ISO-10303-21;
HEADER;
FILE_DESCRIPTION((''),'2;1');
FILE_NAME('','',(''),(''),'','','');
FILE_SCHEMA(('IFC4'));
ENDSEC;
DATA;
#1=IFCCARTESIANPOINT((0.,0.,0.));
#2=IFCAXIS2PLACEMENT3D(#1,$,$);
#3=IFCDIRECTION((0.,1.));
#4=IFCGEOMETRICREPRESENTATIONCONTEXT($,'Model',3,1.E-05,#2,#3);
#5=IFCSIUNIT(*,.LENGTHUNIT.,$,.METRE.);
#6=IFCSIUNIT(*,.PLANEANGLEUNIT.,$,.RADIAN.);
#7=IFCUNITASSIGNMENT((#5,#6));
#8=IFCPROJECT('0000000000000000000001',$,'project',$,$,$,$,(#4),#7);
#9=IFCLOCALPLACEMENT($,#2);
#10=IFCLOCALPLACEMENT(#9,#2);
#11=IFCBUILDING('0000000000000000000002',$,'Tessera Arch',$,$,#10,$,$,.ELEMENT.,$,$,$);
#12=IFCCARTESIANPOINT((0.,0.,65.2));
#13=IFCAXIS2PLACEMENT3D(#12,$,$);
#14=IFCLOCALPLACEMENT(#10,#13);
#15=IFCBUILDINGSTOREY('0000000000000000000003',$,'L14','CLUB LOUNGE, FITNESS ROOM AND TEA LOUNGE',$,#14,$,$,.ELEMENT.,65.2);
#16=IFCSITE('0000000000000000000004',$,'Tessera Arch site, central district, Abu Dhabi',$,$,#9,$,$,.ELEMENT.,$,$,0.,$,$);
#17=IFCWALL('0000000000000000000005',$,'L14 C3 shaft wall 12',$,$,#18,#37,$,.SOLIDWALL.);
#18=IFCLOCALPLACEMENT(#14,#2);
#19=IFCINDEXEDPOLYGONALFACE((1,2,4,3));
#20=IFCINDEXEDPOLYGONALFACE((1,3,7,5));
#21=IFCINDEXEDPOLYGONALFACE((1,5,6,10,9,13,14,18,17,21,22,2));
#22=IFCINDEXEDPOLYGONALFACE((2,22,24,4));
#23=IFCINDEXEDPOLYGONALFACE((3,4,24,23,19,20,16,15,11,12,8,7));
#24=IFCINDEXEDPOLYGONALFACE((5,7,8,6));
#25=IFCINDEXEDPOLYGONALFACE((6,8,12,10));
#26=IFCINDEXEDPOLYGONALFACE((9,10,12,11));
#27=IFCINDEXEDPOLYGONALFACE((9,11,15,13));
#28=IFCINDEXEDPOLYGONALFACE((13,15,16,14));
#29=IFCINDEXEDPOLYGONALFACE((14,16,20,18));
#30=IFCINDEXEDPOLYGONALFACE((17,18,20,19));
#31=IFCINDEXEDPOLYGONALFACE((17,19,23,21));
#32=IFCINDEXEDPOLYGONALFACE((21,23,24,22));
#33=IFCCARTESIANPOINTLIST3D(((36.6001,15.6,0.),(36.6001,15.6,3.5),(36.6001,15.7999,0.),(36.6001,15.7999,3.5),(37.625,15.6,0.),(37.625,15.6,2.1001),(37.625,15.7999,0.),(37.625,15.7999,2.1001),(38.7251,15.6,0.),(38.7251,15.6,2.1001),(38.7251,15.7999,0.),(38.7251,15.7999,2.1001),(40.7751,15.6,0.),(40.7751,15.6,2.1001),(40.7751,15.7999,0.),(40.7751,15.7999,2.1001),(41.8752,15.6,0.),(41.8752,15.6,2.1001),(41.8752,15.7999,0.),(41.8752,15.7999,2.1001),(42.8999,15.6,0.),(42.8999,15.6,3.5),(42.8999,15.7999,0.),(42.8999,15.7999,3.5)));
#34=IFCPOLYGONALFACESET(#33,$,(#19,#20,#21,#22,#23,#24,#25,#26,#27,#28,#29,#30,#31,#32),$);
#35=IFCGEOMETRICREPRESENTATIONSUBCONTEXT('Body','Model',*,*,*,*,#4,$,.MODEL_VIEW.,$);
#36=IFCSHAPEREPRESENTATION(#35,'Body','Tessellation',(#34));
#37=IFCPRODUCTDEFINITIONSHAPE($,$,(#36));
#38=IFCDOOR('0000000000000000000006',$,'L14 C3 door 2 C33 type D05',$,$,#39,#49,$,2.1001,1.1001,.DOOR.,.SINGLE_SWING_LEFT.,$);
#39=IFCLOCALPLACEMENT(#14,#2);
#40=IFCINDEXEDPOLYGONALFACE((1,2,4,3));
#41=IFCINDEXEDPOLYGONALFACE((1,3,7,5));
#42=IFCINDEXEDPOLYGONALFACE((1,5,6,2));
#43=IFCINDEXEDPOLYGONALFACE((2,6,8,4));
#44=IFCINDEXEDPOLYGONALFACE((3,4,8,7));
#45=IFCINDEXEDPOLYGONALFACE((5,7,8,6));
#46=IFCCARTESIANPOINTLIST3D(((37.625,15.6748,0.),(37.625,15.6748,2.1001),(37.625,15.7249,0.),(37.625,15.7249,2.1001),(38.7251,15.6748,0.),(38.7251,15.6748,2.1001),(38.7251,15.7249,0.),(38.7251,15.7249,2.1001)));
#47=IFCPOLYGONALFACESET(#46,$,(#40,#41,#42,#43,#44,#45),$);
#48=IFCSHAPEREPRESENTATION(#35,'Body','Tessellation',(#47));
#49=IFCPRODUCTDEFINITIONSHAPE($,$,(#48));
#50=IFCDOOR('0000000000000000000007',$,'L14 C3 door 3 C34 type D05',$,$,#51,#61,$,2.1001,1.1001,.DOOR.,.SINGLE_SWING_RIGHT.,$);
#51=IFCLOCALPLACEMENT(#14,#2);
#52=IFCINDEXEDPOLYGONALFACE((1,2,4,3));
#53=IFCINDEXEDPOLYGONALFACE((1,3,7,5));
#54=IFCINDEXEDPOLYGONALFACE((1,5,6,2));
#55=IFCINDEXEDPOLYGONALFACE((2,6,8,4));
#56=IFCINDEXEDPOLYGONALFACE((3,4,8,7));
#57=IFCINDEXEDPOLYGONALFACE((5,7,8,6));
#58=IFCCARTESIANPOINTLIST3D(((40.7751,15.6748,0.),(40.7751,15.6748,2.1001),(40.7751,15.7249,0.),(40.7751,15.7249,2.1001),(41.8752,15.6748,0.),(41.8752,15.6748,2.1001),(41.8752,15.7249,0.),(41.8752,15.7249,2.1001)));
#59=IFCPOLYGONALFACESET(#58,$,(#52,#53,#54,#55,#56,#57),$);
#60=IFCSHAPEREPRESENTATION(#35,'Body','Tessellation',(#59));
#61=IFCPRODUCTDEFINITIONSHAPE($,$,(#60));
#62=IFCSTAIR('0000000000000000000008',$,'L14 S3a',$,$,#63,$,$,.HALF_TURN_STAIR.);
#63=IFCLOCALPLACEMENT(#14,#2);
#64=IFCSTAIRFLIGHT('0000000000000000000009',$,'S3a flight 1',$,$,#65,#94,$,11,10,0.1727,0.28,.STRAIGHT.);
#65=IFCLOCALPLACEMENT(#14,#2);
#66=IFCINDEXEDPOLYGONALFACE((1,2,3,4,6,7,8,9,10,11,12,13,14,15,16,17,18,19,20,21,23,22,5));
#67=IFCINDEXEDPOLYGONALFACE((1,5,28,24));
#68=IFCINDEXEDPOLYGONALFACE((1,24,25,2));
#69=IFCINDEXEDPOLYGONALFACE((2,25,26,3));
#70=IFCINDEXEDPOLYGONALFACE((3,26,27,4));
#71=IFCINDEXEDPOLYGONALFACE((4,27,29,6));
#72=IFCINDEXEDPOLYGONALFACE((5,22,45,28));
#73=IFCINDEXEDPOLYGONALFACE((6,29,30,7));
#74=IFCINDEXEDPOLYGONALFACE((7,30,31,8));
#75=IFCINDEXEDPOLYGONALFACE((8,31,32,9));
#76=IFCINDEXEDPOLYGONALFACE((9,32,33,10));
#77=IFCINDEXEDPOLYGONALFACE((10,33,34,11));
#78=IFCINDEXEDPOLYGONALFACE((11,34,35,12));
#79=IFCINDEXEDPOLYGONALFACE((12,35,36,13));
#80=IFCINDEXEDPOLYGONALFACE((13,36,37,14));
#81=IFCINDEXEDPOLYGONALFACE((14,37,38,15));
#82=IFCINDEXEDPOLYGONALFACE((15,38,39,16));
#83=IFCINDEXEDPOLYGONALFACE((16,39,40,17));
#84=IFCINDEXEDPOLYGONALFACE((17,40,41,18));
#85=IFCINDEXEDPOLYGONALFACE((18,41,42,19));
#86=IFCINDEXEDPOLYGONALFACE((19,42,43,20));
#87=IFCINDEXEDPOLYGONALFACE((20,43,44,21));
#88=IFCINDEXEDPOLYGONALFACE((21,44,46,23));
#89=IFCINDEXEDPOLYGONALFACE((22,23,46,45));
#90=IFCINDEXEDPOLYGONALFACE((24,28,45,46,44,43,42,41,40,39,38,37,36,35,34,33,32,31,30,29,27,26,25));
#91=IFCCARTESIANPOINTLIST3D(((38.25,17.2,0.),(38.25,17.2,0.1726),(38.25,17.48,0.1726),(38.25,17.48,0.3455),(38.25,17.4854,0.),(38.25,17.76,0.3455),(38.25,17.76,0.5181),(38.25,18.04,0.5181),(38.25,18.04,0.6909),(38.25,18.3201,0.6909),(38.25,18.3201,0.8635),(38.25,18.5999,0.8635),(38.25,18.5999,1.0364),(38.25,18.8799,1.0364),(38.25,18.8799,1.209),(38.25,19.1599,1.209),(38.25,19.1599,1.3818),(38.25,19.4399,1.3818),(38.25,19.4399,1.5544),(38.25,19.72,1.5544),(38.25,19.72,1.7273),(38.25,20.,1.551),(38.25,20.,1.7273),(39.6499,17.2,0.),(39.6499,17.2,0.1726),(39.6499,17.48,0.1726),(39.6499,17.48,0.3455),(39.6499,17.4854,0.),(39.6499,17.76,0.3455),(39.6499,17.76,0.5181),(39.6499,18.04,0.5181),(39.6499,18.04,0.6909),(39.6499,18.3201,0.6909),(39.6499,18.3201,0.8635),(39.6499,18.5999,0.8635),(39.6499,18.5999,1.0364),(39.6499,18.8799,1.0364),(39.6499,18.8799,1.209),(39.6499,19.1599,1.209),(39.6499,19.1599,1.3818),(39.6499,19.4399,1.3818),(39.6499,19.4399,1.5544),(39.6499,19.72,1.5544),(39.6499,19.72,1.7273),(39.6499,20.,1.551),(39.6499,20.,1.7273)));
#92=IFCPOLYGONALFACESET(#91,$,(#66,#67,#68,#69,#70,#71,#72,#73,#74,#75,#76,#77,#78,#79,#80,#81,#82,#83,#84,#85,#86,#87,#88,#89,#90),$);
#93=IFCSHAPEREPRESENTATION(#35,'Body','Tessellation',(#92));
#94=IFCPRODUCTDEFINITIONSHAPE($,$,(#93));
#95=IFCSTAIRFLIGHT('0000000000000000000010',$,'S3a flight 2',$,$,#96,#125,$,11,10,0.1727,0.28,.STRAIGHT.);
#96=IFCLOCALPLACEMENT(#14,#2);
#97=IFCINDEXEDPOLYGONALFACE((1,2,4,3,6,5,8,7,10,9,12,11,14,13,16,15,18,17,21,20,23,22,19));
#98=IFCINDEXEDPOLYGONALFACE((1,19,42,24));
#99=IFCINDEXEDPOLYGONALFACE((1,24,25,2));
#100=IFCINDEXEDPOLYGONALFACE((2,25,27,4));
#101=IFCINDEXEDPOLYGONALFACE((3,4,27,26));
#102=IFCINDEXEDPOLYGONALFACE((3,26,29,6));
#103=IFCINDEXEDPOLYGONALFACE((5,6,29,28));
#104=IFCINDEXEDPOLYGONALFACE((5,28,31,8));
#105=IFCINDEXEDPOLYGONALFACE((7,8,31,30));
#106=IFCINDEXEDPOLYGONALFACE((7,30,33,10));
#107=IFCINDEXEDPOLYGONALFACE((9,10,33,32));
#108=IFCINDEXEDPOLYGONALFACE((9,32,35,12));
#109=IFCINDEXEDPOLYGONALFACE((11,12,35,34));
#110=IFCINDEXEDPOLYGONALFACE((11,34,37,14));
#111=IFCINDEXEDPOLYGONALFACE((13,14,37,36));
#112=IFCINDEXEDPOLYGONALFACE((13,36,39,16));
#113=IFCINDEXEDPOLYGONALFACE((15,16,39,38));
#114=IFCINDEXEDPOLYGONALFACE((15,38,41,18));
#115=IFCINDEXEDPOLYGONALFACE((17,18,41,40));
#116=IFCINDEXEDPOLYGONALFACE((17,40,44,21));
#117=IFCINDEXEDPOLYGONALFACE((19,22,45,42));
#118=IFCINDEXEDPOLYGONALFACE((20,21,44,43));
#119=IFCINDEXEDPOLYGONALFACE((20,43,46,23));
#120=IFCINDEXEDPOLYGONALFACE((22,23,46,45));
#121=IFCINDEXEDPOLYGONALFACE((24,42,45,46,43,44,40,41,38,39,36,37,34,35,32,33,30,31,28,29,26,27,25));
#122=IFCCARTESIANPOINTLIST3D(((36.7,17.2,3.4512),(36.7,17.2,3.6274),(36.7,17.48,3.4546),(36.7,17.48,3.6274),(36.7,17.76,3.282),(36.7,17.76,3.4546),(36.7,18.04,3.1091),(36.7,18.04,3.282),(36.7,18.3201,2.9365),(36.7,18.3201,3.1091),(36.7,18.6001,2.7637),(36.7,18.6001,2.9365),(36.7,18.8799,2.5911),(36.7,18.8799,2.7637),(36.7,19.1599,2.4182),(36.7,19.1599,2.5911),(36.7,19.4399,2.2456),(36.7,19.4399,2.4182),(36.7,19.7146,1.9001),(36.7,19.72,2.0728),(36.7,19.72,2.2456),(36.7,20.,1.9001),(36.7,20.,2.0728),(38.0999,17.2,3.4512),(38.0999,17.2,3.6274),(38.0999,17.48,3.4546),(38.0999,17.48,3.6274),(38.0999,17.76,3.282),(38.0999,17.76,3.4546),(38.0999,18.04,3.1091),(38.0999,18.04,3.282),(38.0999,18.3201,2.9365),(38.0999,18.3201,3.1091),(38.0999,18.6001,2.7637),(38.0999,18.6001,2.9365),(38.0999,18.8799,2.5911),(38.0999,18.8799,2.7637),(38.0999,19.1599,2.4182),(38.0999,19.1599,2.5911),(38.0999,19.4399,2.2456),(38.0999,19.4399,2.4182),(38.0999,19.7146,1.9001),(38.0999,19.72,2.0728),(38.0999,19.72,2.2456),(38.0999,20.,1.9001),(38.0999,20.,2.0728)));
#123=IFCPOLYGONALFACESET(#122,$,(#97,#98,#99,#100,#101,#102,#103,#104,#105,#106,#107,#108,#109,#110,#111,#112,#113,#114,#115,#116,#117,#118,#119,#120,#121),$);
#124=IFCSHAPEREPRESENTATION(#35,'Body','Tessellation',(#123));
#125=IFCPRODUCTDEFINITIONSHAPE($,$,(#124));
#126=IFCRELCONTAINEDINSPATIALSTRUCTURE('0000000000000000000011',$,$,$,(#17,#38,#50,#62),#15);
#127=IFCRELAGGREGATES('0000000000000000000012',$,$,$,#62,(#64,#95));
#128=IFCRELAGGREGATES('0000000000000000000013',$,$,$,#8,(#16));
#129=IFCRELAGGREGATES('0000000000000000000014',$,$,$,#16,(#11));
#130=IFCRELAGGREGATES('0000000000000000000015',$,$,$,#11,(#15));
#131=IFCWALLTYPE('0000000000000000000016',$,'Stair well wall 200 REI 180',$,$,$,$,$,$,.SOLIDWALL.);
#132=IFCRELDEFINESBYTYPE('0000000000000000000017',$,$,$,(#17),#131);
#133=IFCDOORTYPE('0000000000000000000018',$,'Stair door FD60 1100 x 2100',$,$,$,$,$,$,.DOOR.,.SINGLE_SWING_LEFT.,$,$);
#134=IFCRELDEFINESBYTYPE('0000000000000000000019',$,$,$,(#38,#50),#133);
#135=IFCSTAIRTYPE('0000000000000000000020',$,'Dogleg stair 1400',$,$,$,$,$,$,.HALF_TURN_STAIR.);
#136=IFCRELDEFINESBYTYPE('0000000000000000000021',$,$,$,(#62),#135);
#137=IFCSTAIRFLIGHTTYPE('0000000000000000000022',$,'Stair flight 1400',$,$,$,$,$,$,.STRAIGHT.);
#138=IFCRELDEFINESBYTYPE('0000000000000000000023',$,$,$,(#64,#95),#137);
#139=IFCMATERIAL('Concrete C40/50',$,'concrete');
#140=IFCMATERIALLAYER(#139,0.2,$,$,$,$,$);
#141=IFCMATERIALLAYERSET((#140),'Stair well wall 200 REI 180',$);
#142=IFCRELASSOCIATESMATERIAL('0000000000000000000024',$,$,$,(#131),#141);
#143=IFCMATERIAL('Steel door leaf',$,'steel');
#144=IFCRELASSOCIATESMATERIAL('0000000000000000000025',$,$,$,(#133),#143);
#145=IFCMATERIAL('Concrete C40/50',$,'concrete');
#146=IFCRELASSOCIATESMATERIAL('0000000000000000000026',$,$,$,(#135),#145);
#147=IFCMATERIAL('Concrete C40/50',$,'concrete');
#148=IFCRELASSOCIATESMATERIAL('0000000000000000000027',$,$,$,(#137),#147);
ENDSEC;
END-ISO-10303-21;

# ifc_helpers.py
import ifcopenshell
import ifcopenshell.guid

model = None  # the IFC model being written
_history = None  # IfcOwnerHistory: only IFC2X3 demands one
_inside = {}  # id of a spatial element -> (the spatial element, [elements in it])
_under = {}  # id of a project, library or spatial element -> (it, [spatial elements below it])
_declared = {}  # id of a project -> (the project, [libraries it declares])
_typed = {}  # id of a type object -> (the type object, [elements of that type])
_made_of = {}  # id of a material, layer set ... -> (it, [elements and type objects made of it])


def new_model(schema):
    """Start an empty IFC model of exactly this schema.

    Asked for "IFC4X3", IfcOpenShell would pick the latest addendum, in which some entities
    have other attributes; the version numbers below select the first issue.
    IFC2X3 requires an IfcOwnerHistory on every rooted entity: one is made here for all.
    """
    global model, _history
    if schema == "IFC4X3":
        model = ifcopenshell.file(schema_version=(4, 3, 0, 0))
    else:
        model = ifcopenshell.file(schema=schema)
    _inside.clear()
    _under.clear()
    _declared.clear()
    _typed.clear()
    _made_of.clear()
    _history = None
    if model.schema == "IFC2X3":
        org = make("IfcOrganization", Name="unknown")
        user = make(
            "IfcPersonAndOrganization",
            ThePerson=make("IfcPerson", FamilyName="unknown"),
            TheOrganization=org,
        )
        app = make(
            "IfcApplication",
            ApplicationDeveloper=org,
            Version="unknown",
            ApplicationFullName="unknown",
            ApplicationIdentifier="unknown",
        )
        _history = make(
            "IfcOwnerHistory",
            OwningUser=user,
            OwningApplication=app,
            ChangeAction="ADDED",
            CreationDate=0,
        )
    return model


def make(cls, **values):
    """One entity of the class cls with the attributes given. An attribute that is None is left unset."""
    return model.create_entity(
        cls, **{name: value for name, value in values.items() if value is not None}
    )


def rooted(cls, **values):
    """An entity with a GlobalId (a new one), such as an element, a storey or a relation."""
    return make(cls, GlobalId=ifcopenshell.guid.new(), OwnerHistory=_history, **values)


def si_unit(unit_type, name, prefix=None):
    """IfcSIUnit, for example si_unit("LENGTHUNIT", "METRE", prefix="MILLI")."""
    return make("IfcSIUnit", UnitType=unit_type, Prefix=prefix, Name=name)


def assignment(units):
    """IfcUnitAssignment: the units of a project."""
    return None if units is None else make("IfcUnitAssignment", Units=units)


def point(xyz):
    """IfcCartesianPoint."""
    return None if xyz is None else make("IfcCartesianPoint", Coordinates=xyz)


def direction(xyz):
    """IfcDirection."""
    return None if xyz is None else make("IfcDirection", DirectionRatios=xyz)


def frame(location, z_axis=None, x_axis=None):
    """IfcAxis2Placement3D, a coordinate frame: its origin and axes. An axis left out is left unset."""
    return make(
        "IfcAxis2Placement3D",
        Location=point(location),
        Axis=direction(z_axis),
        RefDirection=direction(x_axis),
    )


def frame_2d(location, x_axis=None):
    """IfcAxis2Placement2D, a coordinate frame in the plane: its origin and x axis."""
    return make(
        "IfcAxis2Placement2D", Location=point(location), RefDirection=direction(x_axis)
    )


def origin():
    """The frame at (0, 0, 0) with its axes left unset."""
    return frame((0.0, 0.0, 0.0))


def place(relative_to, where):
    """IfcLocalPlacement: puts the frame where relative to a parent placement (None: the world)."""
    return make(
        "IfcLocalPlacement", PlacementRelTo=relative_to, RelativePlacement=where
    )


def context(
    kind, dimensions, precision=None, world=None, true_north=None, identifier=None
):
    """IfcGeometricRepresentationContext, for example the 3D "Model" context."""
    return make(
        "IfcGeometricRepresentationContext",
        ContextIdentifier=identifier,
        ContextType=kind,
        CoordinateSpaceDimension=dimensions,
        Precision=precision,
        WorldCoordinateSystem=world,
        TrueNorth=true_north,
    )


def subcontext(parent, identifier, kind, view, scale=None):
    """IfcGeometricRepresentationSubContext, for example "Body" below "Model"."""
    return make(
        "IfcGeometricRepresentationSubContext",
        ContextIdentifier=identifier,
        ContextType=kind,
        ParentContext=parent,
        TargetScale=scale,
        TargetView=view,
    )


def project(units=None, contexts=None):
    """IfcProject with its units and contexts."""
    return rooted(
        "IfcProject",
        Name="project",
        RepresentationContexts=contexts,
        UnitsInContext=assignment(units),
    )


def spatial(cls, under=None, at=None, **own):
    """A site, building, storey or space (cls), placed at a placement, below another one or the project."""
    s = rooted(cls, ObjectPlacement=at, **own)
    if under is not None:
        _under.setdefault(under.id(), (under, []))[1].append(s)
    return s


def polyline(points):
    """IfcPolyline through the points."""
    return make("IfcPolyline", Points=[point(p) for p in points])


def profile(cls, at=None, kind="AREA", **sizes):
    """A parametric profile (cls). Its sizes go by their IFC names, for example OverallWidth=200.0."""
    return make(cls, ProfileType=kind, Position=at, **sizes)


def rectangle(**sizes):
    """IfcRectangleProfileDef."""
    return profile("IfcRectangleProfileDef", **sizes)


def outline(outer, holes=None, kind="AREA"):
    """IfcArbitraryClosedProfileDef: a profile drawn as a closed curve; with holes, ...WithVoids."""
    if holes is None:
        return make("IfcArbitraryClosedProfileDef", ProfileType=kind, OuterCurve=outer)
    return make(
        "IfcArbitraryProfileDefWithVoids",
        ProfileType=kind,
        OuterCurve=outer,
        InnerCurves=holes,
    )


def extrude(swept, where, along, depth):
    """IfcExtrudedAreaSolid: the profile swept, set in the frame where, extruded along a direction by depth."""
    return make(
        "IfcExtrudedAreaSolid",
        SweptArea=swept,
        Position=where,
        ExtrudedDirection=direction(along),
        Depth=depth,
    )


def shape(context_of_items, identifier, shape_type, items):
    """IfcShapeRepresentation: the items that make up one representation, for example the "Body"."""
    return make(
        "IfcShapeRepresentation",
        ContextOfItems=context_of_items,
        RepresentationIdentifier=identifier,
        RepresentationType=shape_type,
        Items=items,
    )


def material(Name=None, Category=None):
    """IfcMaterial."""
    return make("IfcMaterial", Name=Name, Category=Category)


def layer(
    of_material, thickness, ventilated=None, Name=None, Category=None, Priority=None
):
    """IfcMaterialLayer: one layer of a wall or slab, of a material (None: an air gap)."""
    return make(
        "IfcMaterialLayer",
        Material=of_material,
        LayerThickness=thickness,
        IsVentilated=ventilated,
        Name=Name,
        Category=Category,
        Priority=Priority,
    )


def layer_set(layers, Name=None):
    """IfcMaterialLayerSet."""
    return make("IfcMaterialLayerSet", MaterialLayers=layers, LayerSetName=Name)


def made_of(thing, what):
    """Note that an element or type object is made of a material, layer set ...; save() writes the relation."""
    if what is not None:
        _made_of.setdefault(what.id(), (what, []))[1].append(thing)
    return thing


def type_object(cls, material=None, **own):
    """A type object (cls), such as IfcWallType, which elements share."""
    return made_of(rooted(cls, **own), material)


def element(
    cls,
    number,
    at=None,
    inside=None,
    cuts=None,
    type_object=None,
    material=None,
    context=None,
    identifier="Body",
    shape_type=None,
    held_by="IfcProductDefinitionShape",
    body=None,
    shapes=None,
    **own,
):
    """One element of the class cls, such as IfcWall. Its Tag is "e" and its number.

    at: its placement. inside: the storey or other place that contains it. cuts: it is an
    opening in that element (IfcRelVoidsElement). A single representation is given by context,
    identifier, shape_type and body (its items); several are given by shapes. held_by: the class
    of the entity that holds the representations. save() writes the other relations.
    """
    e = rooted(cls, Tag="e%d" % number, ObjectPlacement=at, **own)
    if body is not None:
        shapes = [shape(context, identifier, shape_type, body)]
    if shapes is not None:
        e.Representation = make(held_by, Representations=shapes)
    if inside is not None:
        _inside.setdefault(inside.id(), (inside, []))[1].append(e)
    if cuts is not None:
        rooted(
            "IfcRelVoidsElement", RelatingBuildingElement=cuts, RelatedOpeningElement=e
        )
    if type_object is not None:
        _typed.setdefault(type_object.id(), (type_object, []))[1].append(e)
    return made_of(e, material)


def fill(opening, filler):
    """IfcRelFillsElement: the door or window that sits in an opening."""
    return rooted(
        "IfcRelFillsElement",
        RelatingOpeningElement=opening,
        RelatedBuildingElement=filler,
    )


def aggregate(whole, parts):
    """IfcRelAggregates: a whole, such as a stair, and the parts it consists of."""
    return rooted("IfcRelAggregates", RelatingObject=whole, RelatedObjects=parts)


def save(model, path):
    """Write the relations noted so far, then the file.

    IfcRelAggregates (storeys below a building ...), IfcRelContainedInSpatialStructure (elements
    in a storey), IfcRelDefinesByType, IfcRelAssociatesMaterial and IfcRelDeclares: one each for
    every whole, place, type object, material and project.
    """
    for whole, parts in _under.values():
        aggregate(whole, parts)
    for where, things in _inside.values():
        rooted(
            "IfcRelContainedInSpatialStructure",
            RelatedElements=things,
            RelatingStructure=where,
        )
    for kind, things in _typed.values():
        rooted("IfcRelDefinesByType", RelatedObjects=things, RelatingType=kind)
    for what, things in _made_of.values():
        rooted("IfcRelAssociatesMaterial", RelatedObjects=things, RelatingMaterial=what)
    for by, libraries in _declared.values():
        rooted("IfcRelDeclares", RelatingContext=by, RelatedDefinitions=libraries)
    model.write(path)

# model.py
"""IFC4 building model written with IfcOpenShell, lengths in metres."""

from ifc_helpers import new_model, si_unit, direction, frame, frame_2d, origin, place, context, subcontext, project, spatial, polyline, rectangle, outline, extrude, material, layer, layer_set, type_object, element, fill, aggregate, save


model = new_model("IFC4")

# Units and contexts
model_context = context("Model", 3, precision=1e-05, world=origin(), true_north=direction((0.0, 1.0)))
body_context = subcontext(model_context, "Body", "Model", "MODEL_VIEW")
ifc_project = project(units=[si_unit("LENGTHUNIT", "METRE"), si_unit("PLANEANGLEUNIT", "RADIAN")], contexts=[model_context])

# Site, building, storey
site_placement = place(None, origin())
site = spatial("IfcSite", under=ifc_project, at=site_placement, Name="Tessera Arch site, central district, Abu Dhabi", CompositionType="ELEMENT", RefElevation=0.0)
building_placement = place(site_placement, origin())
building = spatial("IfcBuilding", under=site, at=building_placement, Name="Tessera Arch", CompositionType="ELEMENT")
storey_placement = place(building_placement, frame((0.0, 0.0, 65.2)))
storey = spatial("IfcBuildingStorey", under=building, at=storey_placement, Name="L14", Description="CLUB LOUNGE, FITNESS ROOM AND TEA LOUNGE", CompositionType="ELEMENT", Elevation=65.2)

# Shared definitions
ifc_material_1 = material(Name="Concrete C40/50", Category="concrete")
ifc_layer_1 = layer(ifc_material_1, 0.2)
ifc_layer_set_1 = layer_set([ifc_layer_1], Name="Stair well wall 200 REI 180")
wall_type_1 = type_object("IfcWallType", Name="Stair well wall 200 REI 180", PredefinedType="SOLIDWALL", material=ifc_layer_set_1)

# Wall, openings, doors
wall_1_placement = place(storey_placement, frame((36.6001, 15.7, 0.0), z_axis=(0.0, 0.0, 1.0), x_axis=(1.0, 0.0, 0.0)))
wall_1 = element("IfcWall", 1, at=wall_1_placement, inside=storey, type_object=wall_type_1, Name="L14 C3 shaft wall 12", PredefinedType="SOLIDWALL", context=body_context, shape_type="SweptSolid", body=[
    extrude(rectangle(XDim=6.2998, YDim=0.2, at=frame_2d((3.1499, 0.0))), origin(), (0.0, 0.0, 1.0), 3.5),
])
opening_1_placement = place(wall_1_placement, frame((1.0249, 0.0, 0.0)))
opening_1 = element("IfcOpeningElement", 2, at=opening_1_placement, cuts=wall_1, PredefinedType="OPENING", context=body_context, shape_type="SweptSolid", body=[
    extrude(rectangle(XDim=1.1001, YDim=2.1001, at=frame_2d((0.55, 1.05))), frame((0.0, 0.1099, 0.0), z_axis=(0.0, -1.0, 0.0), x_axis=(1.0, 0.0, 0.0)), (0.0, 0.0, 1.0), 0.22),
])
opening_2_placement = place(wall_1_placement, frame((4.175, 0.0, 0.0)))
opening_2 = element("IfcOpeningElement", 3, at=opening_2_placement, cuts=wall_1, PredefinedType="OPENING", context=body_context, shape_type="SweptSolid", body=[
    extrude(rectangle(XDim=1.1001, YDim=2.1001, at=frame_2d((0.55, 1.05))), frame((0.0, 0.1099, 0.0), z_axis=(0.0, -1.0, 0.0), x_axis=(1.0, 0.0, 0.0)), (0.0, 0.0, 1.0), 0.22),
])
ifc_material_2 = material(Name="Steel door leaf", Category="steel")
door_type_1 = type_object("IfcDoorType", Name="Stair door FD60 1100 x 2100", OperationType="SINGLE_SWING_LEFT", PredefinedType="DOOR", material=ifc_material_2)
door_1_placement = place(opening_1_placement, origin())
door_1 = element("IfcDoor", 4, at=door_1_placement, inside=storey, type_object=door_type_1, Name="L14 C3 door 2 C33 type D05", OperationType="SINGLE_SWING_LEFT", OverallHeight=2.1001, OverallWidth=1.1001, PredefinedType="DOOR", context=body_context, shape_type="SweptSolid", body=[
    extrude(rectangle(XDim=1.1001, YDim=2.1001, at=frame_2d((0.55, 1.05))), frame((0.0, 0.0249, 0.0), z_axis=(0.0, -1.0, 0.0), x_axis=(1.0, 0.0, 0.0)), (0.0, 0.0, 1.0), 0.05),
])
fill(opening_1, door_1)
door_2_placement = place(opening_2_placement, origin())
door_2 = element("IfcDoor", 5, at=door_2_placement, inside=storey, type_object=door_type_1, Name="L14 C3 door 3 C34 type D05", OperationType="SINGLE_SWING_RIGHT", OverallHeight=2.1001, OverallWidth=1.1001, PredefinedType="DOOR", context=body_context, shape_type="SweptSolid", body=[
    extrude(rectangle(XDim=1.1001, YDim=2.1001, at=frame_2d((0.55, 1.05))), frame((0.0, 0.0249, 0.0), z_axis=(0.0, -1.0, 0.0), x_axis=(1.0, 0.0, 0.0)), (0.0, 0.0, 1.0), 0.05),
])
fill(opening_2, door_2)

# Stair, stair flights
ifc_material_3 = material(Name="Concrete C40/50", Category="concrete")
stair_type = type_object("IfcStairType", Name="Dogleg stair 1400", PredefinedType="HALF_TURN_STAIR", material=ifc_material_3)
stair_placement = place(storey_placement, origin())
stair = element("IfcStair", 6, at=stair_placement, inside=storey, type_object=stair_type, Name="L14 S3a", PredefinedType="HALF_TURN_STAIR")
ifc_material_4 = material(Name="Concrete C40/50", Category="concrete")
stair_flight_type = type_object("IfcStairFlightType", Name="Stair flight 1400", PredefinedType="STRAIGHT", material=ifc_material_4)
stair_flight_1_placement = place(storey_placement, frame((38.95, 17.2, 0.0), z_axis=(0.0, 0.0, 1.0), x_axis=(0.0, 1.0, 0.0)))
stair_flight_1 = element("IfcStairFlight", 7, at=stair_flight_1_placement, type_object=stair_flight_type, Name="S3a flight 1", NumberOfRisers=11, NumberOfTreads=10, PredefinedType="STRAIGHT", RiserHeight=0.1727, TreadLength=0.28, context=body_context, shape_type="SweptSolid", body=[
    extrude(outline(polyline([(0.0, 0.0), (0.0, 0.1726), (0.28, 0.1726), (0.28, 0.3455), (0.5601, 0.3455), (0.5601, 0.5181), (0.8401, 0.5181), (0.8401, 0.6909), (1.1201, 0.6909), (1.1201, 0.8635), (1.3999, 0.8635), (1.3999, 1.0364), (1.6799, 1.0364), (1.6799, 1.209), (1.96, 1.209), (1.96, 1.3818), (2.24, 1.3818), (2.24, 1.5544), (2.52, 1.5544), (2.52, 1.7273), (2.8, 1.7273), (2.8, 1.8999), (2.8, 1.551), (0.2854, 0.0), (0.0, 0.0)])), frame((0.0, 0.7, 0.0), z_axis=(0.0, -1.0, 0.0), x_axis=(1.0, 0.0, 0.0)), (0.0, 0.0, 1.0), 1.3999),
])
stair_flight_2_placement = place(storey_placement, frame((37.3999, 20.0, 1.9001), z_axis=(0.0, 0.0, 1.0), x_axis=(0.0, -1.0, 0.0)))
stair_flight_2 = element("IfcStairFlight", 8, at=stair_flight_2_placement, type_object=stair_flight_type, Name="S3a flight 2", NumberOfRisers=11, NumberOfTreads=10, PredefinedType="STRAIGHT", RiserHeight=0.1727, TreadLength=0.28, context=body_context, shape_type="SweptSolid", body=[
    extrude(outline(polyline([(0.0, 0.0), (0.0, 0.1726), (0.28, 0.1726), (0.28, 0.3455), (0.5601, 0.3455), (0.5601, 0.5181), (0.8401, 0.5181), (0.8401, 0.6909), (1.1201, 0.6909), (1.1201, 0.8635), (1.3999, 0.8635), (1.3999, 1.0364), (1.6799, 1.0364), (1.6799, 1.209), (1.96, 1.209), (1.96, 1.3818), (2.24, 1.3818), (2.24, 1.5544), (2.52, 1.5544), (2.52, 1.7273), (2.8, 1.7273), (2.8, 1.8999), (2.8, 1.551), (0.2854, 0.0), (0.0, 0.0)])), frame((0.0, 0.7, 0.0), z_axis=(0.0, -1.0, 0.0), x_axis=(1.0, 0.0, 0.0)), (0.0, 0.0, 1.0), 1.3999),
])
aggregate(stair, [stair_flight_1, stair_flight_2])

save(model, "model.ifc")
